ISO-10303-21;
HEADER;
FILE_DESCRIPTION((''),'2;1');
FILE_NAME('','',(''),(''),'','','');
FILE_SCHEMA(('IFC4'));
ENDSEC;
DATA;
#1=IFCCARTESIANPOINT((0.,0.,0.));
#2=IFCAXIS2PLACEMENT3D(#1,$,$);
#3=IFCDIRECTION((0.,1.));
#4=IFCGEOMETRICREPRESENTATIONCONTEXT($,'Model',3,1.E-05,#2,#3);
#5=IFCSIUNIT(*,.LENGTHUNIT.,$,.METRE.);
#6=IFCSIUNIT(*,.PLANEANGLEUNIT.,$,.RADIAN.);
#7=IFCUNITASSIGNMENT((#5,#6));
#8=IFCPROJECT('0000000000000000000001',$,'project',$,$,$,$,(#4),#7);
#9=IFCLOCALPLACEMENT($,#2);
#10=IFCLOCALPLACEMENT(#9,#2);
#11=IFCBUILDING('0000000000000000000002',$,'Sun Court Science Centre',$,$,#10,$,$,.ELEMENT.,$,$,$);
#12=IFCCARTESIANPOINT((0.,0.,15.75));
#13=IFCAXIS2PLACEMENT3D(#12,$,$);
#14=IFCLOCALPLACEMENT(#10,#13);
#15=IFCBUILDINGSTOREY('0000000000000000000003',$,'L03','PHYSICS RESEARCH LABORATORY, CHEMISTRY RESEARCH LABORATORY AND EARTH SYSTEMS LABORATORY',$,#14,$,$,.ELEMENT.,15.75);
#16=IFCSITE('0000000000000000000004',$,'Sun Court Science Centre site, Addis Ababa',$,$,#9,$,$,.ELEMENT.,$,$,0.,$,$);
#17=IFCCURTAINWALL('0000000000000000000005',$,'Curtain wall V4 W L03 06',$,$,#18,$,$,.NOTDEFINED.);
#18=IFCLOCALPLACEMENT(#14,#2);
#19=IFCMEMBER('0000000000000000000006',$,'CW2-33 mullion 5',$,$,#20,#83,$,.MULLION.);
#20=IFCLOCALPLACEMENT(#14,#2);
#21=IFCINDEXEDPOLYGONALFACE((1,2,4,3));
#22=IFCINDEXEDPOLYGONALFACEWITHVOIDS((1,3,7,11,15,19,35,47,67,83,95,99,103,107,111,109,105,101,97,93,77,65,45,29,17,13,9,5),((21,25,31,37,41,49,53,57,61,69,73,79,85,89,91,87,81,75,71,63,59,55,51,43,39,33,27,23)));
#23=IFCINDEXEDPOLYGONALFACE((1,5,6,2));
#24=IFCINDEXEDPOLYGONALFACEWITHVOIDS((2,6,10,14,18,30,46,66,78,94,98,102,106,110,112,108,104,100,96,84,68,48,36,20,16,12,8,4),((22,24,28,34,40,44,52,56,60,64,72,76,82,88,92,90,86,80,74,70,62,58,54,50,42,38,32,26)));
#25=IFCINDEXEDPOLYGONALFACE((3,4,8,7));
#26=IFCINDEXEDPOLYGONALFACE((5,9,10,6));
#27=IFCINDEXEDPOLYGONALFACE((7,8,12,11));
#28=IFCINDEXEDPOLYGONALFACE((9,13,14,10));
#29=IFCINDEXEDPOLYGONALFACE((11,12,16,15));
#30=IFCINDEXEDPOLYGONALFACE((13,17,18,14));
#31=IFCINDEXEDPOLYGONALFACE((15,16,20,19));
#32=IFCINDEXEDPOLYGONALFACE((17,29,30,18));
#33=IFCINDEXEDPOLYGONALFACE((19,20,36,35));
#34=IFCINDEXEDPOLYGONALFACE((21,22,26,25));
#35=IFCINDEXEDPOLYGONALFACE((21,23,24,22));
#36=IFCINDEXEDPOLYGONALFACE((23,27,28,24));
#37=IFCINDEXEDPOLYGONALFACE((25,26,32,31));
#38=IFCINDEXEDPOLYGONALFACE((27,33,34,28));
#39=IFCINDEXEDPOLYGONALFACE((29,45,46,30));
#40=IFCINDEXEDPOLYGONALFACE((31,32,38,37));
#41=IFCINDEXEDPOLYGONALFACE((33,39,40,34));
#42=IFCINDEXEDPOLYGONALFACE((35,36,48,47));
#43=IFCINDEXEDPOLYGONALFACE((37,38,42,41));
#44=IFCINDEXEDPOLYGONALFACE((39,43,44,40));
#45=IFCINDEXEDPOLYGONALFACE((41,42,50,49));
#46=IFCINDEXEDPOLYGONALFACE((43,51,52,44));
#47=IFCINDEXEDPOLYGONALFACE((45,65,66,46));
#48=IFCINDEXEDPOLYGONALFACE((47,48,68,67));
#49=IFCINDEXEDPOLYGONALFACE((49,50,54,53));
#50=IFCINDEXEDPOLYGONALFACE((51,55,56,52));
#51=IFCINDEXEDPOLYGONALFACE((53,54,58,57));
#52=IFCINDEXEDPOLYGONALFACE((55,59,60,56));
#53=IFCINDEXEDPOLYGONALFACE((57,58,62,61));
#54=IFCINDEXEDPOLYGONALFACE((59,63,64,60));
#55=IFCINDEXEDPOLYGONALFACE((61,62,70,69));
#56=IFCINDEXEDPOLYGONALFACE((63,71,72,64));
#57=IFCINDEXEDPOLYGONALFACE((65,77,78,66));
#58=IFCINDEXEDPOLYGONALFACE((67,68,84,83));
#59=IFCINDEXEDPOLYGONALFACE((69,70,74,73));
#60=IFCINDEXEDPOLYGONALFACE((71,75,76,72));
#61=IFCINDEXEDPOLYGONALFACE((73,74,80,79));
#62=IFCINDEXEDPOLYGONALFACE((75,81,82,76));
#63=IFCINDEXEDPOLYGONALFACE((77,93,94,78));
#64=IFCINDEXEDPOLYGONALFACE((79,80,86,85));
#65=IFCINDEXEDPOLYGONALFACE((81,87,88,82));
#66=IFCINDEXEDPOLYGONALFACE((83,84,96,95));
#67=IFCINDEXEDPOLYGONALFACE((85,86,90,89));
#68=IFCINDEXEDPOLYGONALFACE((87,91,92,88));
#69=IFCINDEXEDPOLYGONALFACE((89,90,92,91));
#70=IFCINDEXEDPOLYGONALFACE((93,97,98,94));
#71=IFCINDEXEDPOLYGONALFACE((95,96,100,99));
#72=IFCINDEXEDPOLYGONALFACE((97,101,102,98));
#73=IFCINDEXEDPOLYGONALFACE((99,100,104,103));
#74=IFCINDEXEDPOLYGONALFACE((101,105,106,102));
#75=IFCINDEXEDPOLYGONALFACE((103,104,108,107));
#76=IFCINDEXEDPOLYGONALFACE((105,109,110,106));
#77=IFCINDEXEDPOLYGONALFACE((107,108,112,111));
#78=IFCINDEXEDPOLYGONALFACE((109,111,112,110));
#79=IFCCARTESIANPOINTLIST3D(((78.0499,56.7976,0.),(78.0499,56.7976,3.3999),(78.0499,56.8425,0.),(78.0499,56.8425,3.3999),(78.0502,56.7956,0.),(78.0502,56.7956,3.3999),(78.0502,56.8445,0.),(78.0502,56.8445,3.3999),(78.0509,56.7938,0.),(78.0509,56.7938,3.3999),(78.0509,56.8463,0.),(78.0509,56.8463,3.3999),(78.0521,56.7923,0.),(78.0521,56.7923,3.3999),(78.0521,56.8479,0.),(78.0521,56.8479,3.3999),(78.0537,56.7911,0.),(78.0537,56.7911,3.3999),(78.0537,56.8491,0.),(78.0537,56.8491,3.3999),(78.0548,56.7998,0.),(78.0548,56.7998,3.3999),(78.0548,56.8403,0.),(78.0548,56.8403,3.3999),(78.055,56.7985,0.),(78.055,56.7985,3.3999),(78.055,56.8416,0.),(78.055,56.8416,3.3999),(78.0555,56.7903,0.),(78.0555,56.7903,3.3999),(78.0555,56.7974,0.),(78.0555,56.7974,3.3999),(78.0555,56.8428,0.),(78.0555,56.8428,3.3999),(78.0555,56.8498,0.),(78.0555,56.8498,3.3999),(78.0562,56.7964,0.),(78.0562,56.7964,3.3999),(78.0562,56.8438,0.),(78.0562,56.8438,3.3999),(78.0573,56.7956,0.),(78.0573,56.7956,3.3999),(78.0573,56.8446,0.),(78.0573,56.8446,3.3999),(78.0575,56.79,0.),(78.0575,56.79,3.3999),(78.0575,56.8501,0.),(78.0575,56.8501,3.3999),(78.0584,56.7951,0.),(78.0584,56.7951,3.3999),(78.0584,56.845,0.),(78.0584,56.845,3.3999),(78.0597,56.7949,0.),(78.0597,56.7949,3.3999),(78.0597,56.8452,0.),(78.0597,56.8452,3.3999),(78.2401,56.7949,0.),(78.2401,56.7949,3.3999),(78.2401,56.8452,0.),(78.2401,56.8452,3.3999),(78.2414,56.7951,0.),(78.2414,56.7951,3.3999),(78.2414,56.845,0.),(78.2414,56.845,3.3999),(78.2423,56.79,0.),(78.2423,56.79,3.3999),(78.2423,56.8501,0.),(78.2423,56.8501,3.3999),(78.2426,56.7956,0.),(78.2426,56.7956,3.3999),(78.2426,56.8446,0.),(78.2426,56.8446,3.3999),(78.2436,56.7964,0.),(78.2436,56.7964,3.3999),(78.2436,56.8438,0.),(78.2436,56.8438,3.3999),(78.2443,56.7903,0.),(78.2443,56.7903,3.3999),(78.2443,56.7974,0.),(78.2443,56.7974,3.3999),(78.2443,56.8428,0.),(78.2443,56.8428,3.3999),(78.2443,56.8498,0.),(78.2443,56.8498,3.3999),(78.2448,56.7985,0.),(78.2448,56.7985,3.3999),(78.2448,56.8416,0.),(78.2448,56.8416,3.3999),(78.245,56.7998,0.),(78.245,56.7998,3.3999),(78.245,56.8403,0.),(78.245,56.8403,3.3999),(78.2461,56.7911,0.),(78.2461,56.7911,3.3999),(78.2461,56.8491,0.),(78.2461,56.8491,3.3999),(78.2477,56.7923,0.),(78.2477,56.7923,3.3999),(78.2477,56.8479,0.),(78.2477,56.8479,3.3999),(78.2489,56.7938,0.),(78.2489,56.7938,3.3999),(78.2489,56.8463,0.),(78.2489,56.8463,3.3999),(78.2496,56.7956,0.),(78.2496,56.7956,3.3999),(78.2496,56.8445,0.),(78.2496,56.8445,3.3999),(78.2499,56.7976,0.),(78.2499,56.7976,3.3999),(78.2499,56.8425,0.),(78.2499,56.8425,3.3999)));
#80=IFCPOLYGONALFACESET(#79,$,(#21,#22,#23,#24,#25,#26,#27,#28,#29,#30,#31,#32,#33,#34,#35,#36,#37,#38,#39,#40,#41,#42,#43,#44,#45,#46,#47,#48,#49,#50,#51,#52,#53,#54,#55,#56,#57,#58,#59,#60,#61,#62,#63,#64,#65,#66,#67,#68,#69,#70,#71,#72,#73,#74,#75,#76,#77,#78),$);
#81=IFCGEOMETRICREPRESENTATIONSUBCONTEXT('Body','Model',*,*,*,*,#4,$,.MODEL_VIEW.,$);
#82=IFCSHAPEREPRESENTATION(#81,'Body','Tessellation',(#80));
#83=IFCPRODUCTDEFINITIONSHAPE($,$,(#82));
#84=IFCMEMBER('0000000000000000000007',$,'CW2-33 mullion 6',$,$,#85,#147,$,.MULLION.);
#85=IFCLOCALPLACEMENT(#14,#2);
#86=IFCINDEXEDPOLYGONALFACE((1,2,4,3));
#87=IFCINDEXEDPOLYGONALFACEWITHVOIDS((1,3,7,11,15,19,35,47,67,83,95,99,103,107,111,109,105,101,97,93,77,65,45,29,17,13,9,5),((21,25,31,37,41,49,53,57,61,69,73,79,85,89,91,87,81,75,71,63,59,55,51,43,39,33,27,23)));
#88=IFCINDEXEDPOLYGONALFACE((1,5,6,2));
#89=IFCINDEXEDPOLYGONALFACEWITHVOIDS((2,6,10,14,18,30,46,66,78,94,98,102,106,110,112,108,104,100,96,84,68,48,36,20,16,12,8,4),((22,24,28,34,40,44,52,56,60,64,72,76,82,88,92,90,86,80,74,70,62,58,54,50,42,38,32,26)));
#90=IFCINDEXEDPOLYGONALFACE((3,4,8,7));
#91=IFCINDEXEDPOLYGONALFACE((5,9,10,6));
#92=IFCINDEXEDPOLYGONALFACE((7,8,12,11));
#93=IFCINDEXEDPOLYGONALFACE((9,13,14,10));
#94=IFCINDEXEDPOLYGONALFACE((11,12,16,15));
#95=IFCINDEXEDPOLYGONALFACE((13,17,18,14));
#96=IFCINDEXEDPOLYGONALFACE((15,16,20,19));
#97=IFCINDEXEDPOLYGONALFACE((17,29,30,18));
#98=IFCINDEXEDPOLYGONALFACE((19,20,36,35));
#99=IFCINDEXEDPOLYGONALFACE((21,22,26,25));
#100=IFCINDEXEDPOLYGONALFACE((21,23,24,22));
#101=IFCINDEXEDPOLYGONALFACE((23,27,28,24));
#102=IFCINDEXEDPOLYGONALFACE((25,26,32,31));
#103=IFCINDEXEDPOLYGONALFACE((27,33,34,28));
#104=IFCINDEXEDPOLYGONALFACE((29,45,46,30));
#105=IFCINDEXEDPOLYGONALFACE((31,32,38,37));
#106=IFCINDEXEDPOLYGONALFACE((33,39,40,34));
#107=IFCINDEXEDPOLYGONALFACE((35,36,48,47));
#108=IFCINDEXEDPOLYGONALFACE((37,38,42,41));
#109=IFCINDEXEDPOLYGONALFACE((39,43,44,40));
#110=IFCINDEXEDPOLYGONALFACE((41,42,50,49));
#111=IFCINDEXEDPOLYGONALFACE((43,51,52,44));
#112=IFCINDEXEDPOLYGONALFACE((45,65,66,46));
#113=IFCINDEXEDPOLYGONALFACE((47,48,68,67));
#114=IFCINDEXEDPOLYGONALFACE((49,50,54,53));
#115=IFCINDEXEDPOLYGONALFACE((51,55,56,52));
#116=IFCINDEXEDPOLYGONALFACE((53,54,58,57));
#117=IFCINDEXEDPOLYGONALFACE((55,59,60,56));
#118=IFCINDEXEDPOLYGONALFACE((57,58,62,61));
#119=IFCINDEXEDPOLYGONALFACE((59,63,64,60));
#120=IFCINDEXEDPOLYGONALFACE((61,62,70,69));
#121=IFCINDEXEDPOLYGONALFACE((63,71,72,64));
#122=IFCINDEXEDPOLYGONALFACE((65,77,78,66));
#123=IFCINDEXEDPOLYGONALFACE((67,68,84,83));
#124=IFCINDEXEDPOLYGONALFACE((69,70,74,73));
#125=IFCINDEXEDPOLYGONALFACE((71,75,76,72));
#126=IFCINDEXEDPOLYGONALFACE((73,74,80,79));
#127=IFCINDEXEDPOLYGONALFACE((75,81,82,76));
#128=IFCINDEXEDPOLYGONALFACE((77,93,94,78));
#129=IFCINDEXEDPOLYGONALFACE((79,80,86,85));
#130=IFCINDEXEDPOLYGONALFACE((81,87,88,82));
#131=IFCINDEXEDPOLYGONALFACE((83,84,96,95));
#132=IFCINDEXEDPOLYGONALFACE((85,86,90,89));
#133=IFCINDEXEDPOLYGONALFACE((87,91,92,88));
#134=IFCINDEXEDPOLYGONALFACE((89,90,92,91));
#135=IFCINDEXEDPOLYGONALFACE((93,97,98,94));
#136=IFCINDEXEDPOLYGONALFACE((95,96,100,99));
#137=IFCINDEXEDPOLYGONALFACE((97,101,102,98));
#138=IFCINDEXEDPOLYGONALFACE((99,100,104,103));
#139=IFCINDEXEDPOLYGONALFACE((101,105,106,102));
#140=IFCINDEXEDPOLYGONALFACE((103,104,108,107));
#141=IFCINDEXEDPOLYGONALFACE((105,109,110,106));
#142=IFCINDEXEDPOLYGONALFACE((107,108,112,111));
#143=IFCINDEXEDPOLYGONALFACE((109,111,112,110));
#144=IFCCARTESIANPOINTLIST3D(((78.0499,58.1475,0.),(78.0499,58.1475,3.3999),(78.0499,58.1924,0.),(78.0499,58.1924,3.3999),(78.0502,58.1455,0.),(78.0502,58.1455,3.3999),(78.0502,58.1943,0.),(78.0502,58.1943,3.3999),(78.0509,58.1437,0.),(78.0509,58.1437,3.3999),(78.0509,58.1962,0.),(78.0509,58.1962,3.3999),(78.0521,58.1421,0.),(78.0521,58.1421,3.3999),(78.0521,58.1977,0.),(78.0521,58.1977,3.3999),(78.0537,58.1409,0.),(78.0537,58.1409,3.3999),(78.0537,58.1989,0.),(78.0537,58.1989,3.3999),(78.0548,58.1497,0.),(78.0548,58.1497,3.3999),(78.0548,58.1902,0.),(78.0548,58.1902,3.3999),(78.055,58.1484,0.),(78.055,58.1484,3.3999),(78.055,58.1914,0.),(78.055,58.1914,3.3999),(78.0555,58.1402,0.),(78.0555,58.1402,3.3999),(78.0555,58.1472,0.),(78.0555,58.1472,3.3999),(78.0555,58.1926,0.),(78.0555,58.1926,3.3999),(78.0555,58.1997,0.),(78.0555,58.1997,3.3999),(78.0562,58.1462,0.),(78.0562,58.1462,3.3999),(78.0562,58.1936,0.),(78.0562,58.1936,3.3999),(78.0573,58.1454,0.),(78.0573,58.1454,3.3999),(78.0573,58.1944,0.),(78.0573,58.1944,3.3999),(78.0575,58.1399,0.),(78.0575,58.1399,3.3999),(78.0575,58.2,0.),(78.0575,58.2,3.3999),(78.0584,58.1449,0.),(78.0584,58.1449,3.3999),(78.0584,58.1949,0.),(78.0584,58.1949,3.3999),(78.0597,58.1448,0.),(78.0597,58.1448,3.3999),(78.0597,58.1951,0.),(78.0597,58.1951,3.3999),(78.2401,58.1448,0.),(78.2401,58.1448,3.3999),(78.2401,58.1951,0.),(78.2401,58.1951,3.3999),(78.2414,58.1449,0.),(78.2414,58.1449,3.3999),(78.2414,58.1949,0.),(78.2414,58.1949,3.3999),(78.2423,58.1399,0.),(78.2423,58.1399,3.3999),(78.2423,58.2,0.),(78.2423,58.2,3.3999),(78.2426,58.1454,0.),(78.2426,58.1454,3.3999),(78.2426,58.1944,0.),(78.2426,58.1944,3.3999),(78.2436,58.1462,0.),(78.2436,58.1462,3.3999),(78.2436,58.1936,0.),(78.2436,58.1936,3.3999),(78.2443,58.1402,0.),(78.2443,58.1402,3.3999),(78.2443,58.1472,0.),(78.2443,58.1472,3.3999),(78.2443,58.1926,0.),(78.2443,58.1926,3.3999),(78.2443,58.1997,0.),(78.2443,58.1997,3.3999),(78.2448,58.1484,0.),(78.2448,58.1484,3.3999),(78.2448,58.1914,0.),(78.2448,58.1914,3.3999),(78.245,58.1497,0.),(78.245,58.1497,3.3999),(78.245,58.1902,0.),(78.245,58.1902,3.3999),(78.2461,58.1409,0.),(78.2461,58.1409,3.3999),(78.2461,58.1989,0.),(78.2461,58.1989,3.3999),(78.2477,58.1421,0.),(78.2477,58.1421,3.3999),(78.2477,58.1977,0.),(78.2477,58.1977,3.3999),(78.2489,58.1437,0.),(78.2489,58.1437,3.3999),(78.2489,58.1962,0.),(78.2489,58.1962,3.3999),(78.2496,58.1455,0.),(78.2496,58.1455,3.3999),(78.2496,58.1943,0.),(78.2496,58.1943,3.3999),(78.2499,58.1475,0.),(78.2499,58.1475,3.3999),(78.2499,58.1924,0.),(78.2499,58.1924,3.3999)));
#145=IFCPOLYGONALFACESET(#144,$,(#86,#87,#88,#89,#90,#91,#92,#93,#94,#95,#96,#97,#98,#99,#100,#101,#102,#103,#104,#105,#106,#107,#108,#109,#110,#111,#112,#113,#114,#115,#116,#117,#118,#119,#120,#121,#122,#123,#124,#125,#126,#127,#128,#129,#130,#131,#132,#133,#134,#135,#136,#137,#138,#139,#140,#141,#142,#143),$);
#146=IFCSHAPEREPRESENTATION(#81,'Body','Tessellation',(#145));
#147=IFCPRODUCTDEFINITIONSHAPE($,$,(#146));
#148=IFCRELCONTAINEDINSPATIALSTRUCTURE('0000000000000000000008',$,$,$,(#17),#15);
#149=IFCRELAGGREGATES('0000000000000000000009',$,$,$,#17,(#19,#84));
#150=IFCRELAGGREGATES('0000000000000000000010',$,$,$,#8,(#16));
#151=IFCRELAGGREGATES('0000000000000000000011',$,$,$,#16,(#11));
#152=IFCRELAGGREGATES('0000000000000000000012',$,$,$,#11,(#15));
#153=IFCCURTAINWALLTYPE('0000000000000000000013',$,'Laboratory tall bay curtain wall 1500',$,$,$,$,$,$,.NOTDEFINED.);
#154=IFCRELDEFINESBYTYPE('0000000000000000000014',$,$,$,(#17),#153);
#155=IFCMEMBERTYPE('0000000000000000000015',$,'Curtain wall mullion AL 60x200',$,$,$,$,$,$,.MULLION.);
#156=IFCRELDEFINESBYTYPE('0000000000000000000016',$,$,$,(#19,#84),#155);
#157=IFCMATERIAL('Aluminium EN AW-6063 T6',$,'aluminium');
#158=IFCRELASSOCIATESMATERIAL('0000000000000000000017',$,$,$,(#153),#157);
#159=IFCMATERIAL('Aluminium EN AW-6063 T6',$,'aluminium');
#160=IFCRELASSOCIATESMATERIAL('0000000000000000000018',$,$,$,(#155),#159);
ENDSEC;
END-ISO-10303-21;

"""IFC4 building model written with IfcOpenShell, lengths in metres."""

from ifc_helpers import new_model, si_unit, direction, frame, origin, origin_2d, place, context, subcontext, project, spatial, hollow_rectangle, extrude, material, material_profile, profile_set, type_object, element, aggregate, save


model = new_model("IFC4")

# Units and contexts
model_context = context("Model", 3, precision=1e-05, world=origin(), true_north=direction((0.0, 1.0)))
body_context = subcontext(model_context, "Body", "Model", "MODEL_VIEW")
ifc_project = project(units=[si_unit("LENGTHUNIT", "METRE"), si_unit("PLANEANGLEUNIT", "RADIAN")], contexts=[model_context])

# Site, building, storey
site_placement = place(None, origin())
site = spatial("IfcSite", under=ifc_project, at=site_placement, Name="Sun Court Science Centre site, Addis Ababa", CompositionType="ELEMENT", RefElevation=0.0)
building_placement = place(site_placement, origin())
building = spatial("IfcBuilding", under=site, at=building_placement, Name="Sun Court Science Centre", CompositionType="ELEMENT")
storey_placement = place(building_placement, frame((0.0, 0.0, 15.75)))
storey = spatial("IfcBuildingStorey", under=building, at=storey_placement, Name="L03", Description="PHYSICS RESEARCH LABORATORY, CHEMISTRY RESEARCH LABORATORY AND EARTH SYSTEMS LABORATORY", CompositionType="ELEMENT", Elevation=15.75)

# Curtain wall, members
ifc_material_1 = material(Name="Aluminium EN AW-6063 T6", Category="aluminium")
curtain_wall_type = type_object("IfcCurtainWallType", Name="Laboratory tall bay curtain wall 1500", PredefinedType="NOTDEFINED", material=ifc_material_1)
curtain_wall_1_placement = place(storey_placement, origin())
curtain_wall_1 = element("IfcCurtainWall", 1, at=curtain_wall_1_placement, inside=storey, type_object=curtain_wall_type, Name="Curtain wall V4 W L03 06", PredefinedType="NOTDEFINED")
ifc_material_2 = material(Name="Aluminium EN AW-6063 T6", Category="aluminium")
ifc_material_profile_1 = material_profile(ifc_material_2, hollow_rectangle(XDim=0.0601, YDim=0.2, WallThickness=0.0049, InnerFilletRadius=0.0049, OuterFilletRadius=0.0076, at=origin_2d()), Name="AL 60x200x5")
ifc_profile_set_1 = profile_set([ifc_material_profile_1], Name="Aluminium EN AW-6063 T6")
member_type_1 = type_object("IfcMemberType", Name="Curtain wall mullion AL 60x200", PredefinedType="MULLION", material=ifc_profile_set_1)
member_1_placement = place(storey_placement, frame((78.1499, 56.8201, 0.0), z_axis=(0.0, 0.0, 1.0), x_axis=(0.0, 1.0, 0.0)))
member_1 = element("IfcMember", 2, at=member_1_placement, type_object=member_type_1, Name="CW2-33 mullion 5", PredefinedType="MULLION", context=body_context, shape_type="SweptSolid", body=[
    extrude(hollow_rectangle(XDim=0.0601, YDim=0.2, WallThickness=0.0049, InnerFilletRadius=0.0049, OuterFilletRadius=0.0076, at=origin_2d()), origin(), (0.0, 0.0, 1.0), 3.3999),
])
member_2_placement = place(storey_placement, frame((78.1499, 58.1699, 0.0), z_axis=(0.0, 0.0, 1.0), x_axis=(0.0, 1.0, 0.0)))
member_2 = element("IfcMember", 3, at=member_2_placement, type_object=member_type_1, Name="CW2-33 mullion 6", PredefinedType="MULLION", context=body_context, shape_type="SweptSolid", body=[
    extrude(hollow_rectangle(XDim=0.0601, YDim=0.2, WallThickness=0.0049, InnerFilletRadius=0.0049, OuterFilletRadius=0.0076, at=origin_2d()), origin(), (0.0, 0.0, 1.0), 3.3999),
])

aggregate(curtain_wall_1, [member_1, member_2])

save(model, "model.ifc")
